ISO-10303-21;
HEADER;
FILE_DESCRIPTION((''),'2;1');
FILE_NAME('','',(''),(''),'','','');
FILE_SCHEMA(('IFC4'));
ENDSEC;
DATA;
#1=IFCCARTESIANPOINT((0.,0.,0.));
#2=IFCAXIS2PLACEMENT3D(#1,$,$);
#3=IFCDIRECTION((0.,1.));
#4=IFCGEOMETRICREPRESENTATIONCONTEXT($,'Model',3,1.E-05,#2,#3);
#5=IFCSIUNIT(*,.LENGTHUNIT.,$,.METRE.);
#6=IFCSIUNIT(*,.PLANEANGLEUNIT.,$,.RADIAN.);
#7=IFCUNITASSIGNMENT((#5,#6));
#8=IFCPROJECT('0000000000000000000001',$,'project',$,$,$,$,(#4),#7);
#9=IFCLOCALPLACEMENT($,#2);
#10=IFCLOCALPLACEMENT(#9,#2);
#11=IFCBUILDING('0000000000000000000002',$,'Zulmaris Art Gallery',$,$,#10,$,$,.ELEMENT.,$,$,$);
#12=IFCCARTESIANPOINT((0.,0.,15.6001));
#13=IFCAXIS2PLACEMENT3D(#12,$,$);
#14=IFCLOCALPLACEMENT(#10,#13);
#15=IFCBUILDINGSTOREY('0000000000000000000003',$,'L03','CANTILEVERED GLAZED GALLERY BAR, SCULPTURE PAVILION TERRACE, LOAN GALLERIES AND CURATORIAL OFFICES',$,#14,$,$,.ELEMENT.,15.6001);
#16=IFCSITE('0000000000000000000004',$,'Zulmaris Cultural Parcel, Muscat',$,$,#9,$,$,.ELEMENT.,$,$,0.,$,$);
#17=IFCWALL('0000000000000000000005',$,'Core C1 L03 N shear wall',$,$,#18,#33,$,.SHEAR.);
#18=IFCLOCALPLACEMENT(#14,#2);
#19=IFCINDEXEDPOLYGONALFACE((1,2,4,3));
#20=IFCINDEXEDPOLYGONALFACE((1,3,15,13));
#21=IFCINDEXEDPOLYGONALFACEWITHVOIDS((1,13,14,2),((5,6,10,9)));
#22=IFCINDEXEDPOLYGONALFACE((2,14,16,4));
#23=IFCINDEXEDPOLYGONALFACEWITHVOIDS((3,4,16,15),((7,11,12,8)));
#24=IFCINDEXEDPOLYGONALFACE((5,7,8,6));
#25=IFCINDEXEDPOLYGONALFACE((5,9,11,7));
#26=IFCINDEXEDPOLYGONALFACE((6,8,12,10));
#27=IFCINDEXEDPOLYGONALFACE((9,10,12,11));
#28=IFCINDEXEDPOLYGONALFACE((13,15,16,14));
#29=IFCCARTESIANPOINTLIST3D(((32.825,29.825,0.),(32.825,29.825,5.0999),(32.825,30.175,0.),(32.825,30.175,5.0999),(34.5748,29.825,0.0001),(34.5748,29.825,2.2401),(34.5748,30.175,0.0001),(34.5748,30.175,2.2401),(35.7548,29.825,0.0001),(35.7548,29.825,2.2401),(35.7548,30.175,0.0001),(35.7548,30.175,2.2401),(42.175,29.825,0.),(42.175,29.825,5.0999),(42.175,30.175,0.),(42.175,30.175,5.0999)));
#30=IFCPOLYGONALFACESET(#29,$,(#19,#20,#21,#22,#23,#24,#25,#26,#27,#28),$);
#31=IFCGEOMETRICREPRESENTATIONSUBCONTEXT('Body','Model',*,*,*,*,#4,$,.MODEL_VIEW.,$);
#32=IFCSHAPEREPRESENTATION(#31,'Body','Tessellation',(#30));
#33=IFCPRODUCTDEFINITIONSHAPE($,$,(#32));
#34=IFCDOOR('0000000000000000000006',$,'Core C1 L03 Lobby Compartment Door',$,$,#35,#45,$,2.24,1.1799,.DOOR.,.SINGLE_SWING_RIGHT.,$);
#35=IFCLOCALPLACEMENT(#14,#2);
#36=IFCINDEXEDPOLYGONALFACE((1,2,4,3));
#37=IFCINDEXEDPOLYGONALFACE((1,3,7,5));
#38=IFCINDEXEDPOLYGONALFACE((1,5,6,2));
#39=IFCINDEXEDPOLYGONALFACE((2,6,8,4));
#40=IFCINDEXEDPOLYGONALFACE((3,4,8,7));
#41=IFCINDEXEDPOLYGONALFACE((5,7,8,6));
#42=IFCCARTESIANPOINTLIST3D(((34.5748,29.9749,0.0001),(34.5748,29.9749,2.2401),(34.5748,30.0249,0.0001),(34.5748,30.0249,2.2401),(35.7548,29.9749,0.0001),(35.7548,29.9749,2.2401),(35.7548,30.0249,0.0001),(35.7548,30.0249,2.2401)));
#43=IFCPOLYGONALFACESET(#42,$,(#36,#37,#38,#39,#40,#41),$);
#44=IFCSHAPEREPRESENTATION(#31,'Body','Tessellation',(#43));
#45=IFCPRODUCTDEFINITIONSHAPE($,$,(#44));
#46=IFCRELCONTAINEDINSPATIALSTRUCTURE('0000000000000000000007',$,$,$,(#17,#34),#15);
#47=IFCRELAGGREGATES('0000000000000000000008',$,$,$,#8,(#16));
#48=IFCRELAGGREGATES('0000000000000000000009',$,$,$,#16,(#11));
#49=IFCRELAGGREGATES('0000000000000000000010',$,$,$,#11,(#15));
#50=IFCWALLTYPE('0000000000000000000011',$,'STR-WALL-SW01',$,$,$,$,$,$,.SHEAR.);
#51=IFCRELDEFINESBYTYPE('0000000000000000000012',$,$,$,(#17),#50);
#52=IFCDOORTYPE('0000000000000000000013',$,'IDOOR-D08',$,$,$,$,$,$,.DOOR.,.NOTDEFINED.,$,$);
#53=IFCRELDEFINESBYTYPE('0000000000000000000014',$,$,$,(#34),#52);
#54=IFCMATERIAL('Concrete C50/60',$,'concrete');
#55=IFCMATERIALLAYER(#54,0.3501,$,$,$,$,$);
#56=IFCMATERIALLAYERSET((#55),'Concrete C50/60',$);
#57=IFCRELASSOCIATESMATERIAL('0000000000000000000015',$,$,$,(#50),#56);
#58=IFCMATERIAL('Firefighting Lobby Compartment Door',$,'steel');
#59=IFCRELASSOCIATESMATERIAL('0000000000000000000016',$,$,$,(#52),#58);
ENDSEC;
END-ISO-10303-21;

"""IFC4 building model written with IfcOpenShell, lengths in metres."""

from ifc_helpers import new_model, si_unit, direction, frame, frame_2d, origin, place, context, subcontext, project, spatial, rectangle, extrude, material, layer, layer_set, type_object, element, fill, save


model = new_model("IFC4")

# Units and contexts
model_context = context("Model", 3, precision=1e-05, world=origin(), true_north=direction((0.0, 1.0)))
body_context = subcontext(model_context, "Body", "Model", "MODEL_VIEW")
ifc_project = project(units=[si_unit("LENGTHUNIT", "METRE"), si_unit("PLANEANGLEUNIT", "RADIAN")], contexts=[model_context])

# Site, building, storey
site_placement = place(None, origin())
site = spatial("IfcSite", under=ifc_project, at=site_placement, Name="Zulmaris Cultural Parcel, Muscat", CompositionType="ELEMENT", RefElevation=0.0)
building_placement = place(site_placement, origin())
building = spatial("IfcBuilding", under=site, at=building_placement, Name="Zulmaris Art Gallery", CompositionType="ELEMENT")
storey_placement = place(building_placement, frame((0.0, 0.0, 15.6001)))
storey = spatial("IfcBuildingStorey", under=building, at=storey_placement, Name="L03", Description="CANTILEVERED GLAZED GALLERY BAR, SCULPTURE PAVILION TERRACE, LOAN GALLERIES AND CURATORIAL OFFICES", CompositionType="ELEMENT", Elevation=15.6001)

# Wall, opening, door
ifc_material_1 = material(Name="Concrete C50/60", Category="concrete")
ifc_layer_1 = layer(ifc_material_1, 0.3501)
ifc_layer_set_1 = layer_set([ifc_layer_1], Name="Concrete C50/60")
wall_type_1 = type_object("IfcWallType", Name="STR-WALL-SW01", PredefinedType="SHEAR", material=ifc_layer_set_1)
wall_1_placement = place(storey_placement, frame((32.825, 30.0, 0.0), z_axis=(0.0, 0.0, 1.0), x_axis=(1.0, 0.0, 0.0)))
wall_1 = element("IfcWall", 1, at=wall_1_placement, inside=storey, type_object=wall_type_1, Name="Core C1 L03 N shear wall", PredefinedType="SHEAR", context=body_context, shape_type="SweptSolid", body=[
    extrude(rectangle(XDim=9.3501, YDim=0.3501, at=frame_2d((4.675, 0.0))), origin(), (0.0, 0.0, 1.0), 5.0999),
])
opening_1_placement = place(wall_1_placement, frame((1.75, 0.0, 0.0)))
opening_1 = element("IfcOpeningElement", 2, at=opening_1_placement, cuts=wall_1, PredefinedType="OPENING", context=body_context, shape_type="SweptSolid", body=[
    extrude(rectangle(XDim=1.1799, YDim=2.24, at=frame_2d((0.5898, 1.1201))), frame((0.0, 0.1851, 0.0), z_axis=(0.0, -1.0, 0.0), x_axis=(1.0, 0.0, 0.0)), (0.0, 0.0, 1.0), 0.3701),
])
ifc_material_2 = material(Name="Firefighting Lobby Compartment Door", Category="steel")
door_type_1 = type_object("IfcDoorType", Name="IDOOR-D08", OperationType="NOTDEFINED", PredefinedType="DOOR", material=ifc_material_2)
door_1_placement = place(opening_1_placement, origin())
door_1 = element("IfcDoor", 3, at=door_1_placement, inside=storey, type_object=door_type_1, Name="Core C1 L03 Lobby Compartment Door", OperationType="SINGLE_SWING_RIGHT", OverallHeight=2.24, OverallWidth=1.1799, PredefinedType="DOOR", context=body_context, shape_type="SweptSolid", body=[
    extrude(rectangle(XDim=1.1799, YDim=2.24, at=frame_2d((0.5898, 1.1201))), frame((0.0, 0.0249, 0.0), z_axis=(0.0, -1.0, 0.0), x_axis=(1.0, 0.0, 0.0)), (0.0, 0.0, 1.0), 0.05),
])
fill(opening_1, door_1)

save(model, "model.ifc")
